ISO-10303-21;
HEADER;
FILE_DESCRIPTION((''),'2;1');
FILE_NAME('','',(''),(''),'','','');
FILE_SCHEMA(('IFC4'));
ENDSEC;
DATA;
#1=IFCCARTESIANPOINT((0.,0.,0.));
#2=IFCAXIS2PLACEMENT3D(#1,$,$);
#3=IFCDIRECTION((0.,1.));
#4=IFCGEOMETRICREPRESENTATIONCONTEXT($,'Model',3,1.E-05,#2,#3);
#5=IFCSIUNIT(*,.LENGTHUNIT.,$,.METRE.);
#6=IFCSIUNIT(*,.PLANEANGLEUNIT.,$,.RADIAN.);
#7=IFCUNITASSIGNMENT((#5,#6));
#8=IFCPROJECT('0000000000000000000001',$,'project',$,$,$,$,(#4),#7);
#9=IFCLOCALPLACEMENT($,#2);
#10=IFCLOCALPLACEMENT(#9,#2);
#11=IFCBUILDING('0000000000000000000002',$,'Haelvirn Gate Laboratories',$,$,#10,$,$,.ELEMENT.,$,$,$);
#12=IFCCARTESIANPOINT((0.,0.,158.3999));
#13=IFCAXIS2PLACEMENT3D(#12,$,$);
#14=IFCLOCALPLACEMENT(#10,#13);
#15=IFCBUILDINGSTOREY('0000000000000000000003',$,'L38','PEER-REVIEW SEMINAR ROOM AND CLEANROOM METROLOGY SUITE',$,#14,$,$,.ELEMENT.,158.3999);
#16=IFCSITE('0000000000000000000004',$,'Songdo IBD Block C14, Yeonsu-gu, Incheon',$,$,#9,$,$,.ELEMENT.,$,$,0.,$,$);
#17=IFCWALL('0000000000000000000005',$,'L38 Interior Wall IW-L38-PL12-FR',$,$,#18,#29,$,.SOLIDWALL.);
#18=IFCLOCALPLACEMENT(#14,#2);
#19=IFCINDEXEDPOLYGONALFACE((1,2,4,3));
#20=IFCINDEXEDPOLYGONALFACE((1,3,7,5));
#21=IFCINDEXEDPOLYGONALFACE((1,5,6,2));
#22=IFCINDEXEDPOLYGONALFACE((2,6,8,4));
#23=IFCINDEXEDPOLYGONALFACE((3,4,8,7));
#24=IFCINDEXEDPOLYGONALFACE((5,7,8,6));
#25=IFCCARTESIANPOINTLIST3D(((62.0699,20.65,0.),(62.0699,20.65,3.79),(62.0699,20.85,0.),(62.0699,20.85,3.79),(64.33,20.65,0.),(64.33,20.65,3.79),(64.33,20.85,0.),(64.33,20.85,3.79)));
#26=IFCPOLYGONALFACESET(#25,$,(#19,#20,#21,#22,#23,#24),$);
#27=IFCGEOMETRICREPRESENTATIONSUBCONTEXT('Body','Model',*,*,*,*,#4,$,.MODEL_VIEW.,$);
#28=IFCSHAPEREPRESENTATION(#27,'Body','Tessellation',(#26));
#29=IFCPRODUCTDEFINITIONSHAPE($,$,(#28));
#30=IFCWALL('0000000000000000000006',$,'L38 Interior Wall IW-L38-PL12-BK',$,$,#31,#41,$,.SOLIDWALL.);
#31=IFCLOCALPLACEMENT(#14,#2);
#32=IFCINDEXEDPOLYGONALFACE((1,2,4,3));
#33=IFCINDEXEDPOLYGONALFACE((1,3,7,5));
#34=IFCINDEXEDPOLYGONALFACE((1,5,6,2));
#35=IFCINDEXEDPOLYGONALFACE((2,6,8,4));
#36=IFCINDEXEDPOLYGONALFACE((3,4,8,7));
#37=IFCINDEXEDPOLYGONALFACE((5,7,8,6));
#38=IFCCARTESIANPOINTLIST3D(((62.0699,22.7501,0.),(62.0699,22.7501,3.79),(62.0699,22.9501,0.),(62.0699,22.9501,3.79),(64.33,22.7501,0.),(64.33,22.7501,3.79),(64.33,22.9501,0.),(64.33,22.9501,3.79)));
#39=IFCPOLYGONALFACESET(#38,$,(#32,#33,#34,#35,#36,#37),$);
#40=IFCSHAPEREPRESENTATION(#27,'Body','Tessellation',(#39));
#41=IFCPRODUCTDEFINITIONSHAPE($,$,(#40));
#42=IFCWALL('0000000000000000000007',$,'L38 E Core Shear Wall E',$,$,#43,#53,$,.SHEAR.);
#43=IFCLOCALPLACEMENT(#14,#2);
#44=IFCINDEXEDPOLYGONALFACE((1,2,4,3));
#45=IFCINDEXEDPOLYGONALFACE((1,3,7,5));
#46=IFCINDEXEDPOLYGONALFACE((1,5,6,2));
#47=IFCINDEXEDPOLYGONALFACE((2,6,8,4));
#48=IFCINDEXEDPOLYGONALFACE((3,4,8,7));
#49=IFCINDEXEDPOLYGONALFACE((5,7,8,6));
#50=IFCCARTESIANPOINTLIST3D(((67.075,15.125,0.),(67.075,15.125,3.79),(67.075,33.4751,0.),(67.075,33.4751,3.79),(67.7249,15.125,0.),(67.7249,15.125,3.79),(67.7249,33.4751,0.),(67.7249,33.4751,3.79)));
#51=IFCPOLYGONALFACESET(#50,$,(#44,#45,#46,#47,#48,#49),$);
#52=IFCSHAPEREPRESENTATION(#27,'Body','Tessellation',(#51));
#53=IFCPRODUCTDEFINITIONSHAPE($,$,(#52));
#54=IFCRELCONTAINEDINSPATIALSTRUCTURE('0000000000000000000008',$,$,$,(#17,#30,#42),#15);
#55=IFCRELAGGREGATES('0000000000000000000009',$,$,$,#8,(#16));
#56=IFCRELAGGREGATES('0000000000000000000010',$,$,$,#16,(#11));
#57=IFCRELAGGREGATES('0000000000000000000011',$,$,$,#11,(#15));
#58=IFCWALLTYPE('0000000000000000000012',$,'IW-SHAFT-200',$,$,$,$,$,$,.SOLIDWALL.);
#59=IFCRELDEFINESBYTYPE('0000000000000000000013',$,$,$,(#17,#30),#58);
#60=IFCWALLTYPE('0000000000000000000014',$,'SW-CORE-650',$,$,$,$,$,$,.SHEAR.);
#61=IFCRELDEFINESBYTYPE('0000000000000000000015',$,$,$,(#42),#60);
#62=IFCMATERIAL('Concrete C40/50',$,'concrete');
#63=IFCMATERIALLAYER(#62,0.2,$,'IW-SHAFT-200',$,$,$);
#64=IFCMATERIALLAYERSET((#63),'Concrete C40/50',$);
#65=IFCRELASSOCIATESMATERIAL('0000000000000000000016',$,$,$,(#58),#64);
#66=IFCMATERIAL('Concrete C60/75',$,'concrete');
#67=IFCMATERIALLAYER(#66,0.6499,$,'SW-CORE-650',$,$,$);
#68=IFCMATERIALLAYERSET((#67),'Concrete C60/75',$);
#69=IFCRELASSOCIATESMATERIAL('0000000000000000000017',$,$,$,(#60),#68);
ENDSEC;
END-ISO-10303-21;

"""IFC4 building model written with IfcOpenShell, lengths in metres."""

from ifc_helpers import new_model, si_unit, direction, frame, frame_2d, origin, place, context, subcontext, project, spatial, rectangle, extrude, material, layer, layer_set, type_object, element, save


model = new_model("IFC4")

# Units and contexts
model_context = context("Model", 3, precision=1e-05, world=origin(), true_north=direction((0.0, 1.0)))
body_context = subcontext(model_context, "Body", "Model", "MODEL_VIEW")
ifc_project = project(units=[si_unit("LENGTHUNIT", "METRE"), si_unit("PLANEANGLEUNIT", "RADIAN")], contexts=[model_context])

# Site, building, storey
site_placement = place(None, origin())
site = spatial("IfcSite", under=ifc_project, at=site_placement, Name="Songdo IBD Block C14, Yeonsu-gu, Incheon", CompositionType="ELEMENT", RefElevation=0.0)
building_placement = place(site_placement, origin())
building = spatial("IfcBuilding", under=site, at=building_placement, Name="Haelvirn Gate Laboratories", CompositionType="ELEMENT")
storey_placement = place(building_placement, frame((0.0, 0.0, 158.3999)))
storey = spatial("IfcBuildingStorey", under=building, at=storey_placement, Name="L38", Description="PEER-REVIEW SEMINAR ROOM AND CLEANROOM METROLOGY SUITE", CompositionType="ELEMENT", Elevation=158.3999)

# Shared definitions
ifc_material_1 = material(Name="Concrete C60/75", Category="concrete")

# Shared definitions
ifc_material_2 = material(Name="Concrete C40/50", Category="concrete")

# Shared definitions
ifc_layer_1 = layer(ifc_material_2, 0.2, Name="IW-SHAFT-200")
ifc_layer_set_1 = layer_set([ifc_layer_1], Name="Concrete C40/50")
wall_type_1 = type_object("IfcWallType", Name="IW-SHAFT-200", PredefinedType="SOLIDWALL", material=ifc_layer_set_1)

# Walls
for number, where, z_axis, x_axis, name in (
    (1, (62.0701, 20.75, 0.0), (0.0, 0.0, 1.0), (1.0, 0.0, 0.0), "L38 Interior Wall IW-L38-PL12-FR"),
    (2, (62.0701, 22.8501, 0.0), (0.0, 0.0, 1.0), (1.0, 0.0, 0.0), "L38 Interior Wall IW-L38-PL12-BK"),
):
    element("IfcWall", number, at=place(storey_placement, frame(where, z_axis=z_axis, x_axis=x_axis)), inside=storey, type_object=wall_type_1, Name=name, PredefinedType="SOLIDWALL", context=body_context, shape_type="SweptSolid", body=[
        extrude(rectangle(XDim=2.26, YDim=0.2, at=frame_2d((1.1299, 0.0))), origin(), (0.0, 0.0, 1.0), 3.79),
    ])
ifc_layer_2 = layer(ifc_material_1, 0.6499, Name="SW-CORE-650")
ifc_layer_set_2 = layer_set([ifc_layer_2], Name="Concrete C60/75")
wall_type_2 = type_object("IfcWallType", Name="SW-CORE-650", PredefinedType="SHEAR", material=ifc_layer_set_2)
wall_1_placement = place(storey_placement, frame((67.3999, 15.125, 0.0), z_axis=(0.0, 0.0, 1.0), x_axis=(0.0, 1.0, 0.0)))
element("IfcWall", 3, at=wall_1_placement, inside=storey, type_object=wall_type_2, Name="L38 E Core Shear Wall E", PredefinedType="SHEAR", context=body_context, shape_type="SweptSolid", body=[
    extrude(rectangle(XDim=18.3501, YDim=0.6499, at=frame_2d((9.175, 0.0))), origin(), (0.0, 0.0, 1.0), 3.79),
])

save(model, "model.ifc")
